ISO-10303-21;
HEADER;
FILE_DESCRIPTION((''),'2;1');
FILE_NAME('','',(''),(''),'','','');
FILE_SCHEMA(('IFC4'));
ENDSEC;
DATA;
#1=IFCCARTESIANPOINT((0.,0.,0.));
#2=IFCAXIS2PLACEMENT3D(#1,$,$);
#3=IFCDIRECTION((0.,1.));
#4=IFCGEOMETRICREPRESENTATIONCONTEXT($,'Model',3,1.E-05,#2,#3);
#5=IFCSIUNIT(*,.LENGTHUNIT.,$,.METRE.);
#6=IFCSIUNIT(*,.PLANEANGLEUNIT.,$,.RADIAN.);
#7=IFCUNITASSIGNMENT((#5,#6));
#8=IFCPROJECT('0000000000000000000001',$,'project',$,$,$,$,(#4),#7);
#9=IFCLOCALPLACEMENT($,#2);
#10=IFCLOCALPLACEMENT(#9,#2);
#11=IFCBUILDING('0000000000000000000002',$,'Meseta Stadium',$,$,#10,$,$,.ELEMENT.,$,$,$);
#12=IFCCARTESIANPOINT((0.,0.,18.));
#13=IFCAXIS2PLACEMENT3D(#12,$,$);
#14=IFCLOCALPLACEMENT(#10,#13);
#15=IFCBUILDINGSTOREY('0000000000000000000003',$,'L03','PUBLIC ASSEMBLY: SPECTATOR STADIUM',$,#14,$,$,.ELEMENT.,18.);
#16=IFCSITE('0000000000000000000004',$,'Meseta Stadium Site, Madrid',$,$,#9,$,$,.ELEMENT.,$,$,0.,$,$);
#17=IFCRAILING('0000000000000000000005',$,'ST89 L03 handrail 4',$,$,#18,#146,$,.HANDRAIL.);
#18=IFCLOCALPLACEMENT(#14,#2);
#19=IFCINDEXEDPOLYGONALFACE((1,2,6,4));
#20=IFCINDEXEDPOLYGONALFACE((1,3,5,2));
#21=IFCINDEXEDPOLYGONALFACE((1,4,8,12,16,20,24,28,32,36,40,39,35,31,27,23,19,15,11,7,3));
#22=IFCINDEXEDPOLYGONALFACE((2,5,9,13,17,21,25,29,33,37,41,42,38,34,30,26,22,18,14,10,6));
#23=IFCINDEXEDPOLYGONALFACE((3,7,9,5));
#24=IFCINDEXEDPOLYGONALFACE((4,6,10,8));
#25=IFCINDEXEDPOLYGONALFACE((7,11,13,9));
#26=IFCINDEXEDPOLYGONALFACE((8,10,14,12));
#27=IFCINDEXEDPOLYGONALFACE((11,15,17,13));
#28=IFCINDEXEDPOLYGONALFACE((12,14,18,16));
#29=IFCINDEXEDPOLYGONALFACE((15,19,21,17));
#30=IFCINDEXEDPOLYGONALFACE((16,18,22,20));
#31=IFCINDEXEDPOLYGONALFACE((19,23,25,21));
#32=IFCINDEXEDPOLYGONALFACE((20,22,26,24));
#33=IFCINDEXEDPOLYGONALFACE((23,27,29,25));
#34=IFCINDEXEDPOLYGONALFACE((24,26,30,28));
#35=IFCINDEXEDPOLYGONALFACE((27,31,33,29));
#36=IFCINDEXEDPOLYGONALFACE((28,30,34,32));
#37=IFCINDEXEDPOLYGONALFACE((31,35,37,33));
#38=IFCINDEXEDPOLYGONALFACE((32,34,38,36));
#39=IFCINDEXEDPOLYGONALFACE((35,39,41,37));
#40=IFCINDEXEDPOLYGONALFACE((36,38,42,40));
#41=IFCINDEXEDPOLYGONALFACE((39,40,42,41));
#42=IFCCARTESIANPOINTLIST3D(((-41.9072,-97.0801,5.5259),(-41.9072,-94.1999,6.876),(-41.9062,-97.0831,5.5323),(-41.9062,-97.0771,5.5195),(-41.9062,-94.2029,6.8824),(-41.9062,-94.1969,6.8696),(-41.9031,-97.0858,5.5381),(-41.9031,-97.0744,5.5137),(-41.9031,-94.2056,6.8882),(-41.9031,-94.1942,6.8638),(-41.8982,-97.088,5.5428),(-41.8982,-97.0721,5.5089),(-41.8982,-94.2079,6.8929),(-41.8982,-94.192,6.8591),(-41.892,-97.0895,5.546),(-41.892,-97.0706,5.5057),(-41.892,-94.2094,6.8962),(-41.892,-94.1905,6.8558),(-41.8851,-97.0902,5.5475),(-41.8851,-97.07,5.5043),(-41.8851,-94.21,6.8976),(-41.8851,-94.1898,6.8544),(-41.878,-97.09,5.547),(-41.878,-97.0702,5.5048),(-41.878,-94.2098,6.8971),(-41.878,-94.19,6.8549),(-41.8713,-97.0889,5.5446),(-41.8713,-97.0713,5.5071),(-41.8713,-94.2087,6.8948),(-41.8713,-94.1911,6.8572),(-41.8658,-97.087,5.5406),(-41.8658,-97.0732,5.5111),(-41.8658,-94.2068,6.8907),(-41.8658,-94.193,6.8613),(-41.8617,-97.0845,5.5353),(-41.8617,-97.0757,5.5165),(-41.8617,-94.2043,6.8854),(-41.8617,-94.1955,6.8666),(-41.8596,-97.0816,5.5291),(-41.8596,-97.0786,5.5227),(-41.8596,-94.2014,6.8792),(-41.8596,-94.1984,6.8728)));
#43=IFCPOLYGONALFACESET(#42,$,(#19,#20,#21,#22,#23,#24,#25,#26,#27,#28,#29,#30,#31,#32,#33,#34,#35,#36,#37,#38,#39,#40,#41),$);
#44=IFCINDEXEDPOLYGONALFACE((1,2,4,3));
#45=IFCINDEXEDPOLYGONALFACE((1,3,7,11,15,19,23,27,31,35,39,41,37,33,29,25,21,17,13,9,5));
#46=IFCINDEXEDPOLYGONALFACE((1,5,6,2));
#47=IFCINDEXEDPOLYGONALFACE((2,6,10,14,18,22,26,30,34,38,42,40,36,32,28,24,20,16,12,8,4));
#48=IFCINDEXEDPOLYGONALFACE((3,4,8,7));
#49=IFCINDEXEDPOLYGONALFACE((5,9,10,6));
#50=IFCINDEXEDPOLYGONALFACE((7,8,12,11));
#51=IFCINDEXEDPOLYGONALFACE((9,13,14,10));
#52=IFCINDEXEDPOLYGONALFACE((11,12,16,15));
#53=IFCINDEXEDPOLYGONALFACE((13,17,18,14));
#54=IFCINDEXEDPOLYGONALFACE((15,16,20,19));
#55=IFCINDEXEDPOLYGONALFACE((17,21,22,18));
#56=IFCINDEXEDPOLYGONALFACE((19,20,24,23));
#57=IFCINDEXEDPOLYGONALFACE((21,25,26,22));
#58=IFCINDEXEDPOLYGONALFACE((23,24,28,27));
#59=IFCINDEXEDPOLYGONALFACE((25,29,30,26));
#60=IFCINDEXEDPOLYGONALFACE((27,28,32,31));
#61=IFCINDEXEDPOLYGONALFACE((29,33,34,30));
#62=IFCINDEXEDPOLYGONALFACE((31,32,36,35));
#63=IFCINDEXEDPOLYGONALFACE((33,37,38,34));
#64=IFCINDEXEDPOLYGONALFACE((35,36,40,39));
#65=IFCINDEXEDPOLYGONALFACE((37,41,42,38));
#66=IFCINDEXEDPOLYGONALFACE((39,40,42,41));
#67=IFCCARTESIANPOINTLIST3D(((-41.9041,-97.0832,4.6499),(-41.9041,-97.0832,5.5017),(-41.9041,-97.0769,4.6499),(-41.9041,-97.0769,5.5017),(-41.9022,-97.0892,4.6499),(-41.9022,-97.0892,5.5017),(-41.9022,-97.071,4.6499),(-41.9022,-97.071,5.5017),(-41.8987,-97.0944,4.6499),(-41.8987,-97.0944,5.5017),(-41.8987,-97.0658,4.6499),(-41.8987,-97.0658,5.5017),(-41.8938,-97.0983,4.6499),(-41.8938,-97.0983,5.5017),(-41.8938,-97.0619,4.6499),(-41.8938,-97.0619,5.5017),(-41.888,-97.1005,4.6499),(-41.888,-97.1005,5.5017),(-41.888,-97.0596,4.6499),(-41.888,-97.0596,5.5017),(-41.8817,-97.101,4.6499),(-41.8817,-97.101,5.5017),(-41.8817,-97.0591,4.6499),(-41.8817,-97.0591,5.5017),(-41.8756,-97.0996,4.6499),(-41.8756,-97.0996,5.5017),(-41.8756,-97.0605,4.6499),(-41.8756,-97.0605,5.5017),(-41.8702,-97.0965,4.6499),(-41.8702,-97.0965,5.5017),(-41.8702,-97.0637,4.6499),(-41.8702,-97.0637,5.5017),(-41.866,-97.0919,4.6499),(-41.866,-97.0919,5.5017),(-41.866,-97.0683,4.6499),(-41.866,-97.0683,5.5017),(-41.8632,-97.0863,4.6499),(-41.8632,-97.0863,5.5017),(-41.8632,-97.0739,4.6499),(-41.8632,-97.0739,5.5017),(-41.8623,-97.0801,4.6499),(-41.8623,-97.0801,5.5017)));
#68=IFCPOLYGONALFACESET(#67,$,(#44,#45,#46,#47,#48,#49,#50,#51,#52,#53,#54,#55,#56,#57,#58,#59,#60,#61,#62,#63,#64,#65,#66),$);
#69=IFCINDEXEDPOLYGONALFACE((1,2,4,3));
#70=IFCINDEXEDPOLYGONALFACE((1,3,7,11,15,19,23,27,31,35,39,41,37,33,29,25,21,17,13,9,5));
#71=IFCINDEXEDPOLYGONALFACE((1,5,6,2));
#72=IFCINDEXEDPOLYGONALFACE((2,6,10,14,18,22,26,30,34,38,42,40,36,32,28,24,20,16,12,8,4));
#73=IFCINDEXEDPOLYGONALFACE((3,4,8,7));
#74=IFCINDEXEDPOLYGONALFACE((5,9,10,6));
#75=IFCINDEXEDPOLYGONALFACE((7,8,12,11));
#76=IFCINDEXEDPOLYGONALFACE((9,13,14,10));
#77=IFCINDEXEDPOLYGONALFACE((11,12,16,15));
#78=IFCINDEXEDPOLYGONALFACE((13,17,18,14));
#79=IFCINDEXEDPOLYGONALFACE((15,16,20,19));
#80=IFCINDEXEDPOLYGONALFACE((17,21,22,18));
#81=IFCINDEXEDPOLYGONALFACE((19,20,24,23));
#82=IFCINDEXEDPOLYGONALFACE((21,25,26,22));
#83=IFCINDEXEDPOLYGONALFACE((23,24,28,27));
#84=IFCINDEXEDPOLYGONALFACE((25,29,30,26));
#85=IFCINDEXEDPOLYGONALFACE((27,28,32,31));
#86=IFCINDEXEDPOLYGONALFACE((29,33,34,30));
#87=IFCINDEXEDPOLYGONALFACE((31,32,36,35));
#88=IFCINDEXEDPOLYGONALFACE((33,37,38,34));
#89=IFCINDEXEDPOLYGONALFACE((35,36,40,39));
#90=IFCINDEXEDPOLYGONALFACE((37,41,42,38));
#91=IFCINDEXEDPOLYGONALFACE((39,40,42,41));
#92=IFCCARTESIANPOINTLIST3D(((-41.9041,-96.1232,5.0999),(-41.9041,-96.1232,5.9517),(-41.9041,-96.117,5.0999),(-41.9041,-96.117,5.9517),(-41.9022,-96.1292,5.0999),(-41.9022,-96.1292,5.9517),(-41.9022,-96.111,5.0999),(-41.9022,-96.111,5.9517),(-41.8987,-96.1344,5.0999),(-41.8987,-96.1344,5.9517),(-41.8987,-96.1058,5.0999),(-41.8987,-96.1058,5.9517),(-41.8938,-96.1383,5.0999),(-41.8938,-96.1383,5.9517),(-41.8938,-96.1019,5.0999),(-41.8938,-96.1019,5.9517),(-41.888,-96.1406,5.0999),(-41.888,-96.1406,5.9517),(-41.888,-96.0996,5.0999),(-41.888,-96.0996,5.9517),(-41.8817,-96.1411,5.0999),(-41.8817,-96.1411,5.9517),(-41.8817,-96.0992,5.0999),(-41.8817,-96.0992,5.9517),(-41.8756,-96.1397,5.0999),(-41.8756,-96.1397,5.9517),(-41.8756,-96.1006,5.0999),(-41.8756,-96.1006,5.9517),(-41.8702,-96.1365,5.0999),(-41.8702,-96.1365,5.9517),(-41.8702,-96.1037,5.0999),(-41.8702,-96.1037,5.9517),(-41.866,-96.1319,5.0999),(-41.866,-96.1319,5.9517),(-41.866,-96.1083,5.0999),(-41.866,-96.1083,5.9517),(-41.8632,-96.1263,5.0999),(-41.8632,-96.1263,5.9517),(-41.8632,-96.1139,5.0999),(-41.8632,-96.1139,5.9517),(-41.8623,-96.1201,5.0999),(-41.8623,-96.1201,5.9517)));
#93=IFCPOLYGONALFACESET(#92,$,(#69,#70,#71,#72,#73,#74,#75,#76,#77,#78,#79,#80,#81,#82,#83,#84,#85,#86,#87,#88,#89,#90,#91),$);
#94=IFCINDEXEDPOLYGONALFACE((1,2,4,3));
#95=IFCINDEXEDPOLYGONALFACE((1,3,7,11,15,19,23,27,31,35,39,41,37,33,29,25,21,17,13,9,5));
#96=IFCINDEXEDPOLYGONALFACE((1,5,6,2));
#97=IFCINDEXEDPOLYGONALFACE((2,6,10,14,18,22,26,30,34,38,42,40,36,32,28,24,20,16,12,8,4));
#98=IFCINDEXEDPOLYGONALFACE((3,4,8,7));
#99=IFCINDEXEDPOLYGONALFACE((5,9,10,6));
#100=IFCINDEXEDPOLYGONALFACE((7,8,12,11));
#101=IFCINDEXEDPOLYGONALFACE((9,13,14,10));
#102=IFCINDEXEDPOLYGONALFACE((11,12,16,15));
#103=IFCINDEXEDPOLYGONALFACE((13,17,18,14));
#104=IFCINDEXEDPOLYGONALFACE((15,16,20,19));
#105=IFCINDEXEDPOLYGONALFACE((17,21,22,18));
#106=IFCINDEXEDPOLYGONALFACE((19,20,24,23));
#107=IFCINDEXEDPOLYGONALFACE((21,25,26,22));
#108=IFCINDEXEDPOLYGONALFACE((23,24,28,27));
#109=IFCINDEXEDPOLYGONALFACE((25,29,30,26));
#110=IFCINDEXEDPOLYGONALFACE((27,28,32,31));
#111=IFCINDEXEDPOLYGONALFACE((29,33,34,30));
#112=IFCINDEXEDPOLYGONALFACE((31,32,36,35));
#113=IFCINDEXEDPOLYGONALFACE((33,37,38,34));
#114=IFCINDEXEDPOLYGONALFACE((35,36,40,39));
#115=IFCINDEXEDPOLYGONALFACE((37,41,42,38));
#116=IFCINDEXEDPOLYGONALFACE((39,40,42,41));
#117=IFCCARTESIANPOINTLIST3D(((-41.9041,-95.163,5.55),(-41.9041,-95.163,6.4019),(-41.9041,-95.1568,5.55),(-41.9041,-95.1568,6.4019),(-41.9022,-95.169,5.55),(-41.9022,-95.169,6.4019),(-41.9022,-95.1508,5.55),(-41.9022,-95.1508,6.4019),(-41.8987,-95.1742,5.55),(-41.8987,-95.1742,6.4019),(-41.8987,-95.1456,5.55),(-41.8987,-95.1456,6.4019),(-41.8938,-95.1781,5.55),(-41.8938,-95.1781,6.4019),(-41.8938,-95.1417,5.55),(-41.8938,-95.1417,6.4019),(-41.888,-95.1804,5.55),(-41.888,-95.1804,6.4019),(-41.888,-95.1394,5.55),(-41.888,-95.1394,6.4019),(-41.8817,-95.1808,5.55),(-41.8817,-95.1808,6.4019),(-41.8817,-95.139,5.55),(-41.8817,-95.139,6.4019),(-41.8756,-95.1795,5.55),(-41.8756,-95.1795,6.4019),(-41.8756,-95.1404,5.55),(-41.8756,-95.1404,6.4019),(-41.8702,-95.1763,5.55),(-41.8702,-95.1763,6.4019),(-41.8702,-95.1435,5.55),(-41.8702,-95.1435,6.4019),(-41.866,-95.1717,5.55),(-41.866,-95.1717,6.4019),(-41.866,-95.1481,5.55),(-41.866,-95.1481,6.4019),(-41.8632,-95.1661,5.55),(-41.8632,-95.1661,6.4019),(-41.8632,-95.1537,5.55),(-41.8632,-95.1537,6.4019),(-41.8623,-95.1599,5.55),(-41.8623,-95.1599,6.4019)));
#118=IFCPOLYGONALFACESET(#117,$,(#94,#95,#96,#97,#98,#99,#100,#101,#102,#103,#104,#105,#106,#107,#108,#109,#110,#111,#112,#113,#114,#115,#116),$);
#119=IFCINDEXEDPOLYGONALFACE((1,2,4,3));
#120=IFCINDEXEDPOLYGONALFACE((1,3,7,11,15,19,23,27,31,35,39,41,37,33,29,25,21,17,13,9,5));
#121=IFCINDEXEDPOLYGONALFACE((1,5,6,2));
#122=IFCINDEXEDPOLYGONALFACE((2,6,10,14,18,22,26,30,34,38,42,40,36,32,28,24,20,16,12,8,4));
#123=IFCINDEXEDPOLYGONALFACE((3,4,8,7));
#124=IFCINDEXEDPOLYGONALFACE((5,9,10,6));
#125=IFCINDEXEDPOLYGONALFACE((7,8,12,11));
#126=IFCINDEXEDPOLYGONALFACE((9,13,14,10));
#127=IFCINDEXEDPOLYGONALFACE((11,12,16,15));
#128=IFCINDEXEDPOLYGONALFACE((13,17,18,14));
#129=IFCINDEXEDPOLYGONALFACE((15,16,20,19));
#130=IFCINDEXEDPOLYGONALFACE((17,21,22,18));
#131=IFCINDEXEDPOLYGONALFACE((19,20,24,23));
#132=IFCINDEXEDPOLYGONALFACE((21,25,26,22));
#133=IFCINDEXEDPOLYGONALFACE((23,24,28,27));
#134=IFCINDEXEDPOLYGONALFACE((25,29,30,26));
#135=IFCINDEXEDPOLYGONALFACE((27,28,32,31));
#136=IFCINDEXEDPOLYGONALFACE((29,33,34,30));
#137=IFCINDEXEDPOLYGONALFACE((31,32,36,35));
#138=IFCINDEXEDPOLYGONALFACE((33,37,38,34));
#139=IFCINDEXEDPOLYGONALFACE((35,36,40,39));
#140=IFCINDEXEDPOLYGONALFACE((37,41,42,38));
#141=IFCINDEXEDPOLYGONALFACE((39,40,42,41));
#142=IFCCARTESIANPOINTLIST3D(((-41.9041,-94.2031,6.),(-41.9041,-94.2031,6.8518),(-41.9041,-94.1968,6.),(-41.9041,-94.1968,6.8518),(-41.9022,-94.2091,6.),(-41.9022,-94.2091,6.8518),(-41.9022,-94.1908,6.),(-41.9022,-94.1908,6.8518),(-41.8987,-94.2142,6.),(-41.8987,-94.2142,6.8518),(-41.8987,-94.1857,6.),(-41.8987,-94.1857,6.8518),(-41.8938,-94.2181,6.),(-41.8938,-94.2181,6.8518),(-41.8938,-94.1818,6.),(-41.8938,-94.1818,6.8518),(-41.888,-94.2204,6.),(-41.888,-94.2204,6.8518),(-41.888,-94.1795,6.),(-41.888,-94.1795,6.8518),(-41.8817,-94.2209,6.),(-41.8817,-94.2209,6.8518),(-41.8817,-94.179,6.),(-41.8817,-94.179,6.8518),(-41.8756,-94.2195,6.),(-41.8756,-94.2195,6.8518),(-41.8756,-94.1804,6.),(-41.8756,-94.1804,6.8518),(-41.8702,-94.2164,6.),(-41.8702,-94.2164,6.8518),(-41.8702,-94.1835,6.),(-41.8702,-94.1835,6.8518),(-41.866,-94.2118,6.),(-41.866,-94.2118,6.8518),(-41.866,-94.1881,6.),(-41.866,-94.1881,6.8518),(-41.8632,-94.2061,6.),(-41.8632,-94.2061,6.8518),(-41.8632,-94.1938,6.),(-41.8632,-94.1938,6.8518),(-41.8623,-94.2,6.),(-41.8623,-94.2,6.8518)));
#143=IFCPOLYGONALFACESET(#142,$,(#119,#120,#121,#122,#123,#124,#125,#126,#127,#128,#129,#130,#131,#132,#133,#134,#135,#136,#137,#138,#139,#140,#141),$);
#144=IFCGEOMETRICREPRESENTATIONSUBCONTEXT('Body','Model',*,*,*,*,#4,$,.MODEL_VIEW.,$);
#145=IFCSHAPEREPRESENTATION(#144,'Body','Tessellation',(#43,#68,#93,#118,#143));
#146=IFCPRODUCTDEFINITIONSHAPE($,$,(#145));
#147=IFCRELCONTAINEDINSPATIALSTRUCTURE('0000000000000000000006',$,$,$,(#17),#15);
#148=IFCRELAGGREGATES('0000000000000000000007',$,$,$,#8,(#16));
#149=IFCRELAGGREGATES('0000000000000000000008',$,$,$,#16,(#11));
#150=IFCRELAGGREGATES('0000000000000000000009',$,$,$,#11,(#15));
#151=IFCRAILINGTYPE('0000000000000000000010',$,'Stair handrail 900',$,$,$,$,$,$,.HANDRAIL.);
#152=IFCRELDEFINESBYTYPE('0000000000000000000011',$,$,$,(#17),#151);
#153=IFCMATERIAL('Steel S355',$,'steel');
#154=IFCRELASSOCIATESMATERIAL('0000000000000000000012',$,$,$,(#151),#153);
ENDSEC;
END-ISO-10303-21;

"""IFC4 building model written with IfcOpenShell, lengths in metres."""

from ifc_helpers import new_model, si_unit, direction, frame, origin, origin_2d, place, context, subcontext, project, spatial, circle, extrude, material, type_object, element, save


model = new_model("IFC4")

# Units and contexts
model_context = context("Model", 3, precision=1e-05, world=origin(), true_north=direction((0.0, 1.0)))
body_context = subcontext(model_context, "Body", "Model", "MODEL_VIEW")
ifc_project = project(units=[si_unit("LENGTHUNIT", "METRE"), si_unit("PLANEANGLEUNIT", "RADIAN")], contexts=[model_context])

# Site, building, storey
site_placement = place(None, origin())
site = spatial("IfcSite", under=ifc_project, at=site_placement, Name="Meseta Stadium Site, Madrid", CompositionType="ELEMENT", RefElevation=0.0)
building_placement = place(site_placement, origin())
building = spatial("IfcBuilding", under=site, at=building_placement, Name="Meseta Stadium", CompositionType="ELEMENT")
storey_placement = place(building_placement, frame((0.0, 0.0, 18.0)))
storey = spatial("IfcBuildingStorey", under=building, at=storey_placement, Name="L03", Description="PUBLIC ASSEMBLY: SPECTATOR STADIUM", CompositionType="ELEMENT", Elevation=18.0)

# Railing
ifc_material_1 = material(Name="Steel S355", Category="steel")
railing_type_1 = type_object("IfcRailingType", Name="Stair handrail 900", PredefinedType="HANDRAIL", material=ifc_material_1)
railing_1_placement = place(storey_placement, frame((-41.8833, -97.0801, 4.6499)))
element("IfcRailing", 1, at=railing_1_placement, inside=storey, type_object=railing_type_1, Name="ST89 L03 handrail 4", PredefinedType="HANDRAIL", context=body_context, shape_type="SweptSolid", body=[
    extrude(circle(Radius=0.0239, at=origin_2d()), frame((0.0, 0.0, 0.876), z_axis=(0.0, 0.905454, 0.424444), x_axis=(-1.0, 0.0, 0.0)), (0.0, 0.0, 1.0), 3.1809),
    extrude(circle(Radius=0.021, at=origin_2d()), origin(), (0.0, 0.0, 1.0), 0.8518),
    extrude(circle(Radius=0.021, at=origin_2d()), frame((0.0, 0.96, 0.45)), (0.0, 0.0, 1.0), 0.8518),
    extrude(circle(Radius=0.021, at=origin_2d()), frame((0.0, 1.9202, 0.9001)), (0.0, 0.0, 1.0), 0.8518),
    extrude(circle(Radius=0.021, at=origin_2d()), frame((0.0, 2.8801, 1.3501)), (0.0, 0.0, 1.0), 0.8518),
])

save(model, "model.ifc")
